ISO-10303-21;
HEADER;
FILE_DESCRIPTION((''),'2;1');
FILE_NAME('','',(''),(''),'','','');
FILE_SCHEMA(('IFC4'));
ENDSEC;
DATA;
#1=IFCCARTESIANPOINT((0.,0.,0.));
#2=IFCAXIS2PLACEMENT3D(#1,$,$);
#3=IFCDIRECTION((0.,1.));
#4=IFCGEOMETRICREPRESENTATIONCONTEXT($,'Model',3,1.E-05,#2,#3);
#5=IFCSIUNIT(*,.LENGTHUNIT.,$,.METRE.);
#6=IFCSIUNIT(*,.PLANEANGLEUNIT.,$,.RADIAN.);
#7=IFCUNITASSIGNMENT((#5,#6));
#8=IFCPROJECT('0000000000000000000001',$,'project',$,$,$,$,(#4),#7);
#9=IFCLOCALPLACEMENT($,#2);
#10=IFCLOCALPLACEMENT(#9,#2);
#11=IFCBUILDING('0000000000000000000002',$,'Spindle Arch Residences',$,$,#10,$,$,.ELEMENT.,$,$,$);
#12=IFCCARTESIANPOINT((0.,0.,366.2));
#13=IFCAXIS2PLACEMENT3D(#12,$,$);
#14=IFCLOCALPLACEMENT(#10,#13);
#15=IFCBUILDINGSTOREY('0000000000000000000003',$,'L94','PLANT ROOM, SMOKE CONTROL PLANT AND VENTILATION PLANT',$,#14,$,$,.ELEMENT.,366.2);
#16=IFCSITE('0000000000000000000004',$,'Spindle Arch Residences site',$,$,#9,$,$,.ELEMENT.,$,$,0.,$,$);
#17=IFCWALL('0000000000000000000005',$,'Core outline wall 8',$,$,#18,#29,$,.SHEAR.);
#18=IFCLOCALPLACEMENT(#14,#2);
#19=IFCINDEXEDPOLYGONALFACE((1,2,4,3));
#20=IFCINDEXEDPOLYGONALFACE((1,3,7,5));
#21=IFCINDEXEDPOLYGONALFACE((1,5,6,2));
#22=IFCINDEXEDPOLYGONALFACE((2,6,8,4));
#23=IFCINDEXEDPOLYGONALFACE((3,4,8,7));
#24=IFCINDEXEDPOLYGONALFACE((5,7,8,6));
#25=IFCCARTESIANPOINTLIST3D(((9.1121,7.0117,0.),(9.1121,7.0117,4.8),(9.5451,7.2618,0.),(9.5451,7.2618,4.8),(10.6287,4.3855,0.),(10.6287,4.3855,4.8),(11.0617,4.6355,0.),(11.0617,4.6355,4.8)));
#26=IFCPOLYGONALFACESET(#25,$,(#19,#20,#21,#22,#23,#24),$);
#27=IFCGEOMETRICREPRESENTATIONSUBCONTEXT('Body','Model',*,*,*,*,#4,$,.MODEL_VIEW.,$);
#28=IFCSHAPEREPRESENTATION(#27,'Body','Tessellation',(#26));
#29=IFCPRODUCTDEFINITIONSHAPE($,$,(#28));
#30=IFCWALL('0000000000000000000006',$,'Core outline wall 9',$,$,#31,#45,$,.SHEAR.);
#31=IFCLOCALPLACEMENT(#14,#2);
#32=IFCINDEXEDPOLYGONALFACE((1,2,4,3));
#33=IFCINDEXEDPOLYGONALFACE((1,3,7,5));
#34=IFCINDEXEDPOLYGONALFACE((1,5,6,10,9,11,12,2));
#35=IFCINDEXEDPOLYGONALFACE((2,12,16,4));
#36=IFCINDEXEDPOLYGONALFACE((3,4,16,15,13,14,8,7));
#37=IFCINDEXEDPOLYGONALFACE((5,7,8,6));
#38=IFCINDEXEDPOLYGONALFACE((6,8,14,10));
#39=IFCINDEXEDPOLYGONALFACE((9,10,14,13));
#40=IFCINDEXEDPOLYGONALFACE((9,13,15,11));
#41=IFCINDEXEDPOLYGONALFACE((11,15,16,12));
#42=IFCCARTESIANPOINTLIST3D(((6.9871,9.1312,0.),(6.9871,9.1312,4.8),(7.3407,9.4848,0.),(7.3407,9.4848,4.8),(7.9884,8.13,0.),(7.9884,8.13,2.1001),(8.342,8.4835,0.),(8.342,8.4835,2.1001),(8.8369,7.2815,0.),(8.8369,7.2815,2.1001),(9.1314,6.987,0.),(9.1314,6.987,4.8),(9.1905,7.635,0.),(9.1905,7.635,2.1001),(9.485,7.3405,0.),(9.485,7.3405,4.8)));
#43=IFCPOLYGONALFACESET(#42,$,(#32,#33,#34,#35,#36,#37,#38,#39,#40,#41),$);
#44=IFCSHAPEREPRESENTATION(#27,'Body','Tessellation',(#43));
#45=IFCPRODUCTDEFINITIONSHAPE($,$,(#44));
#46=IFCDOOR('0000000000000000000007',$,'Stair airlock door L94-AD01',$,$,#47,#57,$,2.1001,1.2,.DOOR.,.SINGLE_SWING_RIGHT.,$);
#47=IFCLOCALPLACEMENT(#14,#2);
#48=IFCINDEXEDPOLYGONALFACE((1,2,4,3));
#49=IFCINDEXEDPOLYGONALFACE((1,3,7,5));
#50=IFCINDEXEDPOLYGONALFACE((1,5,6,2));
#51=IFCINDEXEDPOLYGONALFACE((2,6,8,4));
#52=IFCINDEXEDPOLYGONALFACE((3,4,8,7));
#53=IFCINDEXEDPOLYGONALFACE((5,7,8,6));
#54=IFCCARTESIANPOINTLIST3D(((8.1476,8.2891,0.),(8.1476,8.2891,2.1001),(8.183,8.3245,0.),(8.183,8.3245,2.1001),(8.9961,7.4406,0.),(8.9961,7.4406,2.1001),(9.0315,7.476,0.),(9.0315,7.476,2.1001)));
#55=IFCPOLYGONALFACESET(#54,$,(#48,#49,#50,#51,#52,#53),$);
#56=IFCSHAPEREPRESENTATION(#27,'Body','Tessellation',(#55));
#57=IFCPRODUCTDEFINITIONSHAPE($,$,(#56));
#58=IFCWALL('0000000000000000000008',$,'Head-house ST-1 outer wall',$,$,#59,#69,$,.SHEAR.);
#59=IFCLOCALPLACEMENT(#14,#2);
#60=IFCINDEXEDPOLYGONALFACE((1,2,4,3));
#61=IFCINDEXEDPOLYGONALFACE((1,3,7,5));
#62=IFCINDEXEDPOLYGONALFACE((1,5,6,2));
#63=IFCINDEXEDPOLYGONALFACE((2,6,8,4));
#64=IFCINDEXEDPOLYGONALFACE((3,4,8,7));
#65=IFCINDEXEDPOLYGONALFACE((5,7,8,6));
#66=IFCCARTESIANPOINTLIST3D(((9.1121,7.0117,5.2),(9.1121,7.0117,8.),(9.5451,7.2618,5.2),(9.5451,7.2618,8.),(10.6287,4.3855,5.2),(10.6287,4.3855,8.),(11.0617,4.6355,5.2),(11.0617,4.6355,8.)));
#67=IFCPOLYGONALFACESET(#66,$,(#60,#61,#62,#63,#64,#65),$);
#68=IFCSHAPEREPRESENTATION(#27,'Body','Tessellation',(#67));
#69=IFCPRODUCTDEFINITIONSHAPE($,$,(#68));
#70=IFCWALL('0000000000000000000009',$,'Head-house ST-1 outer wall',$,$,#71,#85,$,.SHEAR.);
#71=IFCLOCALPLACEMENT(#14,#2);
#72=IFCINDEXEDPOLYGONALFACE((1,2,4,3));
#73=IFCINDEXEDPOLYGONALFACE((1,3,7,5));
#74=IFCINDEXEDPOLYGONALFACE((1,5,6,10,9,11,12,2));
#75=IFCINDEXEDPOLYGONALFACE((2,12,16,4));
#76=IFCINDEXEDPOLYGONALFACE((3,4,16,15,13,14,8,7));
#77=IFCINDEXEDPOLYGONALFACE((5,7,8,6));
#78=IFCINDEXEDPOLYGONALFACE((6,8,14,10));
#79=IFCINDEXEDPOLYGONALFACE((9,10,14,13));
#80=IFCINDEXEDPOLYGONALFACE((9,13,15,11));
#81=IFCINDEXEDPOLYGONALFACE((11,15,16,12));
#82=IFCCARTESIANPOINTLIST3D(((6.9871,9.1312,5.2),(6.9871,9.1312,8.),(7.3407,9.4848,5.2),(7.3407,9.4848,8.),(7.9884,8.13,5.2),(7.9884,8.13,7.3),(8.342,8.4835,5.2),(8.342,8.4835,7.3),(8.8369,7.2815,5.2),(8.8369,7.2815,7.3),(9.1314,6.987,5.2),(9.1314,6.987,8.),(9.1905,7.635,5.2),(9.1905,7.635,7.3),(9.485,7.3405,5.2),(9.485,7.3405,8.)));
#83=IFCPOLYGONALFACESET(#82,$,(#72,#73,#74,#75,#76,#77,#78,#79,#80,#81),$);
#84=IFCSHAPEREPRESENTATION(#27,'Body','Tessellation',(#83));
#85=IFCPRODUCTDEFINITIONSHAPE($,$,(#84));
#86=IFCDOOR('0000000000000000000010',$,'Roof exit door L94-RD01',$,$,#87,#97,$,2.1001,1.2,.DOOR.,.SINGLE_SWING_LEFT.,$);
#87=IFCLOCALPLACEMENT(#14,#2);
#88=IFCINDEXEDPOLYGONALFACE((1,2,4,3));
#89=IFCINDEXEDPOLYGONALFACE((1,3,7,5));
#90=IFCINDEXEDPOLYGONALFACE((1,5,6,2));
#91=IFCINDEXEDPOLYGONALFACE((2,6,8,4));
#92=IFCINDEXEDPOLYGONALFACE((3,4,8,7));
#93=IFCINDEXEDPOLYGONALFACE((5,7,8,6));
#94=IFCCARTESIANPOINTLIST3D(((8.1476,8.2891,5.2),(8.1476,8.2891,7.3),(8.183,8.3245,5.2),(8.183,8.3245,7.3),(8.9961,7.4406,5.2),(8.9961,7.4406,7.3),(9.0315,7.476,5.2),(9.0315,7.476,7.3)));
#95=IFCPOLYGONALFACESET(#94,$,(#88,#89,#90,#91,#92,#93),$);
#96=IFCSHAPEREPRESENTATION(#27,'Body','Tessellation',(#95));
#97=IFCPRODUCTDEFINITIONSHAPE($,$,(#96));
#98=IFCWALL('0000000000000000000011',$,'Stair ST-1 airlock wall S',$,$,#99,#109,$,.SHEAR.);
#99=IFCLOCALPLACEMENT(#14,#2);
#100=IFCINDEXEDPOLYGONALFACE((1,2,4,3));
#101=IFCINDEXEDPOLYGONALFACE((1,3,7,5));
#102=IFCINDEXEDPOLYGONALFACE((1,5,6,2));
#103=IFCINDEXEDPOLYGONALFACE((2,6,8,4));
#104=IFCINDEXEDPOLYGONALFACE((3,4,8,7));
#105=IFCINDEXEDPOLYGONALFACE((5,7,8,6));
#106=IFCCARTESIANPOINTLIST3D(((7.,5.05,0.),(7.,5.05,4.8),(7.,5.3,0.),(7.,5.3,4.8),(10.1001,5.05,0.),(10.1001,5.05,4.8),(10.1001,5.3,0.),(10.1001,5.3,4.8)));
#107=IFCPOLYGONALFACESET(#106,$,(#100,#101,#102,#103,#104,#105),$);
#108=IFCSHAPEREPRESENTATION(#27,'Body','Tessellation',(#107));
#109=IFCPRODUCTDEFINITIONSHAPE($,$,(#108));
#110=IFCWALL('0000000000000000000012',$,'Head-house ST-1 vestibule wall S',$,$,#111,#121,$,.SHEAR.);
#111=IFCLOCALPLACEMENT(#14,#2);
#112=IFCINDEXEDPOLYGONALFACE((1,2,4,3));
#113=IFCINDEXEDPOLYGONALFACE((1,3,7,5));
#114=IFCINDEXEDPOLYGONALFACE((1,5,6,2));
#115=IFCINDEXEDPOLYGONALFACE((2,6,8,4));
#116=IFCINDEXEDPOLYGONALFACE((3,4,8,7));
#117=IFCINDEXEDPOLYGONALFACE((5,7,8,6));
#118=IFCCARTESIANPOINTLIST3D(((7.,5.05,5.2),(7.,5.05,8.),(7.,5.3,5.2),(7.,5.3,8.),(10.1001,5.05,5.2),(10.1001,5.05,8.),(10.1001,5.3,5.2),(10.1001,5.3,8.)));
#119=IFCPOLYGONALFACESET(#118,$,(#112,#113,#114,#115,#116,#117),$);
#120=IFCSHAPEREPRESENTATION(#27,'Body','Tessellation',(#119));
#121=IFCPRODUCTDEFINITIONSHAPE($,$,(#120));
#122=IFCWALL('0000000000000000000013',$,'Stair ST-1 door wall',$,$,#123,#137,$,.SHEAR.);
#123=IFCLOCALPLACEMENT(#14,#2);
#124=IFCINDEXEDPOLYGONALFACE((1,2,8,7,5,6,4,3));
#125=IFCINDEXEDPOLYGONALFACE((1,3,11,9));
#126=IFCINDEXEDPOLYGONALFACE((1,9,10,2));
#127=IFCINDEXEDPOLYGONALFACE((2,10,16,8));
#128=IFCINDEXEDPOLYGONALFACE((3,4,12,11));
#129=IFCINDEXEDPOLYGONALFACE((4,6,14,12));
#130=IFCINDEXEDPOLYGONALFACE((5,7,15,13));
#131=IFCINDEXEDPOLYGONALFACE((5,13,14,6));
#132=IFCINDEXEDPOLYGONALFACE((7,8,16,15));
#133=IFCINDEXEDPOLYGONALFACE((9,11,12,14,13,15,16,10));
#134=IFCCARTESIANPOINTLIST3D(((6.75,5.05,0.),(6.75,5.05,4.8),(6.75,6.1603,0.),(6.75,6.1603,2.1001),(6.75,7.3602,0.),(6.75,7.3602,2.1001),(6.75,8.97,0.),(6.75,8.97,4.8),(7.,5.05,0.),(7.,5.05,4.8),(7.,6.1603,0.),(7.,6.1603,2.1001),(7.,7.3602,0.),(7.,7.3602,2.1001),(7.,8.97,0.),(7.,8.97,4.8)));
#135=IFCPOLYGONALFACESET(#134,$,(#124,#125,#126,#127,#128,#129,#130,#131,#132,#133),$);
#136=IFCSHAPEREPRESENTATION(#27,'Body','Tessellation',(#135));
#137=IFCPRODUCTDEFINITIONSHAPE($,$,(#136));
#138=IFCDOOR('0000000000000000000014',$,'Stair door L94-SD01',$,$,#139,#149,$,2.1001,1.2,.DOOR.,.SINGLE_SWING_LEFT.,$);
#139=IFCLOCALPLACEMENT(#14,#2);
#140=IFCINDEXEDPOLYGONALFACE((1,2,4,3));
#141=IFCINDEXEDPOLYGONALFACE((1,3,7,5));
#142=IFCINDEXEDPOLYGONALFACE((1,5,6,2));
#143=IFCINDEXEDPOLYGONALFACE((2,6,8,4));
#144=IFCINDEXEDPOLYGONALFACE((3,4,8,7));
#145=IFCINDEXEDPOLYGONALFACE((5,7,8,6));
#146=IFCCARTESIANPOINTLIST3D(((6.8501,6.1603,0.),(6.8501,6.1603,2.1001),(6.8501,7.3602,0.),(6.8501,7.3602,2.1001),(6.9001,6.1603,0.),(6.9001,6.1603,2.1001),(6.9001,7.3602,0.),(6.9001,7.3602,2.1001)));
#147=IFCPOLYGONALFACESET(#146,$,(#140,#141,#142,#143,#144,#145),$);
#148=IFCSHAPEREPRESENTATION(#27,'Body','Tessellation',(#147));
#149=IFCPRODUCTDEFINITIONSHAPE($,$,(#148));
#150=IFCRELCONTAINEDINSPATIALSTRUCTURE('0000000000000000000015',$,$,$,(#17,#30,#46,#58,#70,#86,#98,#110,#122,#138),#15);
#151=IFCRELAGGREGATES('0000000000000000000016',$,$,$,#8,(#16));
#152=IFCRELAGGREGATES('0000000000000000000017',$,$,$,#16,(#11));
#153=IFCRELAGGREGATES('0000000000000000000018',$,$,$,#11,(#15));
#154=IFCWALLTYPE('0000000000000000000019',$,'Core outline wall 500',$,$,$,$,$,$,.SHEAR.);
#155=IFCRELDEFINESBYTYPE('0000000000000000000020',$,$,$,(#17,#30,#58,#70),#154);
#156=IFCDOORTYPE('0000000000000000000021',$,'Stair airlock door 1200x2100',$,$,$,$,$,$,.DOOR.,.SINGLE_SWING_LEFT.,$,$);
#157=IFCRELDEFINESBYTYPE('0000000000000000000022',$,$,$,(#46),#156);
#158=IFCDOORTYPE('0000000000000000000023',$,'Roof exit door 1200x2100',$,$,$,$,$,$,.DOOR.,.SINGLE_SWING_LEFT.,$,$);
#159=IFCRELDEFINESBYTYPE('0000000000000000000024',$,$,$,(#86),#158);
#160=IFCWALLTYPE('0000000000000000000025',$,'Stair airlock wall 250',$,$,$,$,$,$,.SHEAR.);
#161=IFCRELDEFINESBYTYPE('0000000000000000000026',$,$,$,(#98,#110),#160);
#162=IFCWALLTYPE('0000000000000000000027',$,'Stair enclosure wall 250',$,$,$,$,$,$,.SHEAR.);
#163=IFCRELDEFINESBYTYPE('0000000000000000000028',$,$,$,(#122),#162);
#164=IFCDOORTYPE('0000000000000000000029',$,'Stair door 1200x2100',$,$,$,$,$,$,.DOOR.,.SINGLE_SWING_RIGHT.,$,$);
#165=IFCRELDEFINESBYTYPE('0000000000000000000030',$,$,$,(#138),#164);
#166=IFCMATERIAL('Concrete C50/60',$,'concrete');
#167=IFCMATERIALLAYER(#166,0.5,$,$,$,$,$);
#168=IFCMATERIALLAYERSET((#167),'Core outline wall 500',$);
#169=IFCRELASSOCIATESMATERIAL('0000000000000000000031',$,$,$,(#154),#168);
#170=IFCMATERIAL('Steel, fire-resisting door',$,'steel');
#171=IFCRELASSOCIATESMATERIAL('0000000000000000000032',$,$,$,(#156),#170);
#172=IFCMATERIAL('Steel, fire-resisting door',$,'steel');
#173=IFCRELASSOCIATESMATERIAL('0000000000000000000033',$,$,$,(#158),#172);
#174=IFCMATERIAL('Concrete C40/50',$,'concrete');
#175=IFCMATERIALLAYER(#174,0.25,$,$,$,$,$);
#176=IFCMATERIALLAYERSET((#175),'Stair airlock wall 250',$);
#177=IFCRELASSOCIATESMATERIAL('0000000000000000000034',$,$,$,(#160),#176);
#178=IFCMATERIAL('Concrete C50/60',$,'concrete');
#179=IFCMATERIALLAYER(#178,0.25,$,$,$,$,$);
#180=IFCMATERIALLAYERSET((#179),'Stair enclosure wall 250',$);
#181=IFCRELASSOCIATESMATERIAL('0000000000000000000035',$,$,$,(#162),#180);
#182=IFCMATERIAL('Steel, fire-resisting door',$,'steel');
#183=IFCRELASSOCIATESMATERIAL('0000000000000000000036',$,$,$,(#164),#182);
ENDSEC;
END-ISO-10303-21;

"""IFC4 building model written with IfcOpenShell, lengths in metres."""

from ifc_helpers import new_model, si_unit, direction, frame, frame_2d, origin, place, context, subcontext, project, spatial, rectangle, extrude, material, layer, layer_set, type_object, element, fill, save


model = new_model("IFC4")

# Units and contexts
model_context = context("Model", 3, precision=1e-05, world=origin(), true_north=direction((0.0, 1.0)))
body_context = subcontext(model_context, "Body", "Model", "MODEL_VIEW")
ifc_project = project(units=[si_unit("LENGTHUNIT", "METRE"), si_unit("PLANEANGLEUNIT", "RADIAN")], contexts=[model_context])

# Site, building, storey
site_placement = place(None, origin())
site = spatial("IfcSite", under=ifc_project, at=site_placement, Name="Spindle Arch Residences site", CompositionType="ELEMENT", RefElevation=0.0)
building_placement = place(site_placement, origin())
building = spatial("IfcBuilding", under=site, at=building_placement, Name="Spindle Arch Residences", CompositionType="ELEMENT")
storey_placement = place(building_placement, frame((0.0, 0.0, 366.2)))
storey = spatial("IfcBuildingStorey", under=building, at=storey_placement, Name="L94", Description="PLANT ROOM, SMOKE CONTROL PLANT AND VENTILATION PLANT", CompositionType="ELEMENT", Elevation=366.2)

# Wall
ifc_material_1 = material(Name="Concrete C50/60", Category="concrete")
ifc_layer_1 = layer(ifc_material_1, 0.5)
ifc_layer_set_1 = layer_set([ifc_layer_1], Name="Core outline wall 500")
wall_type_1 = type_object("IfcWallType", Name="Core outline wall 500", PredefinedType="SHEAR", material=ifc_layer_set_1)
wall_1_placement = place(storey_placement, frame((10.8452, 4.5105, 0.0), z_axis=(0.0, 0.0, 1.0), x_axis=(-0.500087, 0.865975, 0.0)))
element("IfcWall", 1, at=wall_1_placement, inside=storey, type_object=wall_type_1, Name="Core outline wall 8", PredefinedType="SHEAR", context=body_context, shape_type="SweptSolid", body=[
    extrude(rectangle(XDim=3.0327, YDim=0.5, at=frame_2d((1.5164, 0.0))), origin(), (0.0, 0.0, 1.0), 4.8),
])

# Wall, opening, door
wall_2_placement = place(storey_placement, frame((9.3081, 7.1638, 0.0), z_axis=(0.0, 0.0, 1.0), x_axis=(-0.707107, 0.707107, 0.0)))
wall_2 = element("IfcWall", 2, at=wall_2_placement, inside=storey, type_object=wall_type_1, Name="Core outline wall 9", PredefinedType="SHEAR", context=body_context, shape_type="SweptSolid", body=[
    extrude(rectangle(XDim=3.0325, YDim=0.5, at=frame_2d((1.5161, 0.0))), origin(), (0.0, 0.0, 1.0), 4.8),
])
opening_1_placement = place(wall_2_placement, frame((0.4163, 0.0, 0.0)))
opening_1 = element("IfcOpeningElement", 3, at=opening_1_placement, cuts=wall_2, PredefinedType="OPENING", context=body_context, shape_type="SweptSolid", body=[
    extrude(rectangle(XDim=1.2, YDim=2.1001, at=frame_2d((0.6001, 1.05))), frame((0.0, 0.26, 0.0), z_axis=(0.0, -1.0, 0.0), x_axis=(1.0, 0.0, 0.0)), (0.0, 0.0, 1.0), 0.52),
])
ifc_material_2 = material(Name="Steel, fire-resisting door", Category="steel")
door_type_1 = type_object("IfcDoorType", Name="Stair airlock door 1200x2100", OperationType="SINGLE_SWING_LEFT", PredefinedType="DOOR", material=ifc_material_2)
door_1_placement = place(opening_1_placement, origin())
door_1 = element("IfcDoor", 4, at=door_1_placement, inside=storey, type_object=door_type_1, Name="Stair airlock door L94-AD01", OperationType="SINGLE_SWING_RIGHT", OverallHeight=2.1001, OverallWidth=1.2, PredefinedType="DOOR", context=body_context, shape_type="SweptSolid", body=[
    extrude(rectangle(XDim=1.2, YDim=2.1001, at=frame_2d((0.6001, 1.05))), frame((0.0, 0.0249, 0.0), z_axis=(0.0, -1.0, 0.0), x_axis=(1.0, 0.0, 0.0)), (0.0, 0.0, 1.0), 0.05),
])
fill(opening_1, door_1)

# Wall
wall_3_placement = place(storey_placement, frame((10.8452, 4.5105, 5.2), z_axis=(0.0, 0.0, 1.0), x_axis=(-0.500087, 0.865975, 0.0)))
element("IfcWall", 5, at=wall_3_placement, inside=storey, type_object=wall_type_1, Name="Head-house ST-1 outer wall", PredefinedType="SHEAR", context=body_context, shape_type="SweptSolid", body=[
    extrude(rectangle(XDim=3.0327, YDim=0.5, at=frame_2d((1.5164, 0.0))), origin(), (0.0, 0.0, 1.0), 2.8),
])

# Wall, opening, door
wall_4_placement = place(storey_placement, frame((9.3081, 7.1638, 5.2), z_axis=(0.0, 0.0, 1.0), x_axis=(-0.707107, 0.707107, 0.0)))
wall_4 = element("IfcWall", 6, at=wall_4_placement, inside=storey, type_object=wall_type_1, Name="Head-house ST-1 outer wall", PredefinedType="SHEAR", context=body_context, shape_type="SweptSolid", body=[
    extrude(rectangle(XDim=3.0325, YDim=0.5, at=frame_2d((1.5161, 0.0))), origin(), (0.0, 0.0, 1.0), 2.8),
])
opening_2_placement = place(wall_4_placement, frame((0.4163, 0.0, 0.0)))
opening_2 = element("IfcOpeningElement", 7, at=opening_2_placement, cuts=wall_4, PredefinedType="OPENING", context=body_context, shape_type="SweptSolid", body=[
    extrude(rectangle(XDim=1.2, YDim=2.1001, at=frame_2d((0.6001, 1.05))), frame((0.0, 0.26, 0.0), z_axis=(0.0, -1.0, 0.0), x_axis=(1.0, 0.0, 0.0)), (0.0, 0.0, 1.0), 0.52),
])
ifc_material_3 = material(Name="Steel, fire-resisting door", Category="steel")
door_type_2 = type_object("IfcDoorType", Name="Roof exit door 1200x2100", OperationType="SINGLE_SWING_LEFT", PredefinedType="DOOR", material=ifc_material_3)
door_2_placement = place(opening_2_placement, origin())
door_2 = element("IfcDoor", 8, at=door_2_placement, inside=storey, type_object=door_type_2, Name="Roof exit door L94-RD01", OperationType="SINGLE_SWING_LEFT", OverallHeight=2.1001, OverallWidth=1.2, PredefinedType="DOOR", context=body_context, shape_type="SweptSolid", body=[
    extrude(rectangle(XDim=1.2, YDim=2.1001, at=frame_2d((0.6001, 1.05))), frame((0.0, 0.0249, 0.0), z_axis=(0.0, -1.0, 0.0), x_axis=(1.0, 0.0, 0.0)), (0.0, 0.0, 1.0), 0.05),
])
fill(opening_2, door_2)

# Walls
ifc_material_4 = material(Name="Concrete C40/50", Category="concrete")
ifc_layer_2 = layer(ifc_material_4, 0.25)
ifc_layer_set_2 = layer_set([ifc_layer_2], Name="Stair airlock wall 250")
wall_type_2 = type_object("IfcWallType", Name="Stair airlock wall 250", PredefinedType="SHEAR", material=ifc_layer_set_2)
wall_5_placement = place(storey_placement, frame((7.0, 5.175, 0.0), z_axis=(0.0, 0.0, 1.0), x_axis=(1.0, 0.0, 0.0)))
element("IfcWall", 9, at=wall_5_placement, inside=storey, type_object=wall_type_2, Name="Stair ST-1 airlock wall S", PredefinedType="SHEAR", context=body_context, shape_type="SweptSolid", body=[
    extrude(rectangle(XDim=3.1001, YDim=0.25, at=frame_2d((1.55, 0.0))), origin(), (0.0, 0.0, 1.0), 4.8),
])
wall_6_placement = place(storey_placement, frame((7.0, 5.175, 5.2), z_axis=(0.0, 0.0, 1.0), x_axis=(1.0, 0.0, 0.0)))
element("IfcWall", 10, at=wall_6_placement, inside=storey, type_object=wall_type_2, Name="Head-house ST-1 vestibule wall S", PredefinedType="SHEAR", context=body_context, shape_type="SweptSolid", body=[
    extrude(rectangle(XDim=3.1001, YDim=0.25, at=frame_2d((1.55, 0.0))), origin(), (0.0, 0.0, 1.0), 2.8),
])

# Wall, opening, door
ifc_material_5 = material(Name="Concrete C50/60", Category="concrete")
ifc_layer_3 = layer(ifc_material_5, 0.25)
ifc_layer_set_3 = layer_set([ifc_layer_3], Name="Stair enclosure wall 250")
wall_type_3 = type_object("IfcWallType", Name="Stair enclosure wall 250", PredefinedType="SHEAR", material=ifc_layer_set_3)
wall_7_placement = place(storey_placement, frame((6.875, 5.05, 0.0), z_axis=(0.0, 0.0, 1.0), x_axis=(0.0, 1.0, 0.0)))
wall_7 = element("IfcWall", 11, at=wall_7_placement, inside=storey, type_object=wall_type_3, Name="Stair ST-1 door wall", PredefinedType="SHEAR", context=body_context, shape_type="SweptSolid", body=[
    extrude(rectangle(XDim=3.9199, YDim=0.25, at=frame_2d((1.96, 0.0))), origin(), (0.0, 0.0, 1.0), 4.8),
])
opening_3_placement = place(wall_7_placement, frame((1.1101, 0.0, 0.0)))
opening_3 = element("IfcOpeningElement", 12, at=opening_3_placement, cuts=wall_7, PredefinedType="OPENING", context=body_context, shape_type="SweptSolid", body=[
    extrude(rectangle(XDim=1.2, YDim=2.1001, at=frame_2d((0.6001, 1.05))), frame((0.0, 0.135, 0.0), z_axis=(0.0, -1.0, 0.0), x_axis=(1.0, 0.0, 0.0)), (0.0, 0.0, 1.0), 0.27),
])
ifc_material_6 = material(Name="Steel, fire-resisting door", Category="steel")
door_type_3 = type_object("IfcDoorType", Name="Stair door 1200x2100", OperationType="SINGLE_SWING_RIGHT", PredefinedType="DOOR", material=ifc_material_6)
door_3_placement = place(opening_3_placement, origin())
door_3 = element("IfcDoor", 13, at=door_3_placement, inside=storey, type_object=door_type_3, Name="Stair door L94-SD01", OperationType="SINGLE_SWING_LEFT", OverallHeight=2.1001, OverallWidth=1.2, PredefinedType="DOOR", context=body_context, shape_type="SweptSolid", body=[
    extrude(rectangle(XDim=1.2, YDim=2.1001, at=frame_2d((0.6001, 1.05))), frame((0.0, 0.0249, 0.0), z_axis=(0.0, -1.0, 0.0), x_axis=(1.0, 0.0, 0.0)), (0.0, 0.0, 1.0), 0.05),
])
fill(opening_3, door_3)

save(model, "model.ifc")
